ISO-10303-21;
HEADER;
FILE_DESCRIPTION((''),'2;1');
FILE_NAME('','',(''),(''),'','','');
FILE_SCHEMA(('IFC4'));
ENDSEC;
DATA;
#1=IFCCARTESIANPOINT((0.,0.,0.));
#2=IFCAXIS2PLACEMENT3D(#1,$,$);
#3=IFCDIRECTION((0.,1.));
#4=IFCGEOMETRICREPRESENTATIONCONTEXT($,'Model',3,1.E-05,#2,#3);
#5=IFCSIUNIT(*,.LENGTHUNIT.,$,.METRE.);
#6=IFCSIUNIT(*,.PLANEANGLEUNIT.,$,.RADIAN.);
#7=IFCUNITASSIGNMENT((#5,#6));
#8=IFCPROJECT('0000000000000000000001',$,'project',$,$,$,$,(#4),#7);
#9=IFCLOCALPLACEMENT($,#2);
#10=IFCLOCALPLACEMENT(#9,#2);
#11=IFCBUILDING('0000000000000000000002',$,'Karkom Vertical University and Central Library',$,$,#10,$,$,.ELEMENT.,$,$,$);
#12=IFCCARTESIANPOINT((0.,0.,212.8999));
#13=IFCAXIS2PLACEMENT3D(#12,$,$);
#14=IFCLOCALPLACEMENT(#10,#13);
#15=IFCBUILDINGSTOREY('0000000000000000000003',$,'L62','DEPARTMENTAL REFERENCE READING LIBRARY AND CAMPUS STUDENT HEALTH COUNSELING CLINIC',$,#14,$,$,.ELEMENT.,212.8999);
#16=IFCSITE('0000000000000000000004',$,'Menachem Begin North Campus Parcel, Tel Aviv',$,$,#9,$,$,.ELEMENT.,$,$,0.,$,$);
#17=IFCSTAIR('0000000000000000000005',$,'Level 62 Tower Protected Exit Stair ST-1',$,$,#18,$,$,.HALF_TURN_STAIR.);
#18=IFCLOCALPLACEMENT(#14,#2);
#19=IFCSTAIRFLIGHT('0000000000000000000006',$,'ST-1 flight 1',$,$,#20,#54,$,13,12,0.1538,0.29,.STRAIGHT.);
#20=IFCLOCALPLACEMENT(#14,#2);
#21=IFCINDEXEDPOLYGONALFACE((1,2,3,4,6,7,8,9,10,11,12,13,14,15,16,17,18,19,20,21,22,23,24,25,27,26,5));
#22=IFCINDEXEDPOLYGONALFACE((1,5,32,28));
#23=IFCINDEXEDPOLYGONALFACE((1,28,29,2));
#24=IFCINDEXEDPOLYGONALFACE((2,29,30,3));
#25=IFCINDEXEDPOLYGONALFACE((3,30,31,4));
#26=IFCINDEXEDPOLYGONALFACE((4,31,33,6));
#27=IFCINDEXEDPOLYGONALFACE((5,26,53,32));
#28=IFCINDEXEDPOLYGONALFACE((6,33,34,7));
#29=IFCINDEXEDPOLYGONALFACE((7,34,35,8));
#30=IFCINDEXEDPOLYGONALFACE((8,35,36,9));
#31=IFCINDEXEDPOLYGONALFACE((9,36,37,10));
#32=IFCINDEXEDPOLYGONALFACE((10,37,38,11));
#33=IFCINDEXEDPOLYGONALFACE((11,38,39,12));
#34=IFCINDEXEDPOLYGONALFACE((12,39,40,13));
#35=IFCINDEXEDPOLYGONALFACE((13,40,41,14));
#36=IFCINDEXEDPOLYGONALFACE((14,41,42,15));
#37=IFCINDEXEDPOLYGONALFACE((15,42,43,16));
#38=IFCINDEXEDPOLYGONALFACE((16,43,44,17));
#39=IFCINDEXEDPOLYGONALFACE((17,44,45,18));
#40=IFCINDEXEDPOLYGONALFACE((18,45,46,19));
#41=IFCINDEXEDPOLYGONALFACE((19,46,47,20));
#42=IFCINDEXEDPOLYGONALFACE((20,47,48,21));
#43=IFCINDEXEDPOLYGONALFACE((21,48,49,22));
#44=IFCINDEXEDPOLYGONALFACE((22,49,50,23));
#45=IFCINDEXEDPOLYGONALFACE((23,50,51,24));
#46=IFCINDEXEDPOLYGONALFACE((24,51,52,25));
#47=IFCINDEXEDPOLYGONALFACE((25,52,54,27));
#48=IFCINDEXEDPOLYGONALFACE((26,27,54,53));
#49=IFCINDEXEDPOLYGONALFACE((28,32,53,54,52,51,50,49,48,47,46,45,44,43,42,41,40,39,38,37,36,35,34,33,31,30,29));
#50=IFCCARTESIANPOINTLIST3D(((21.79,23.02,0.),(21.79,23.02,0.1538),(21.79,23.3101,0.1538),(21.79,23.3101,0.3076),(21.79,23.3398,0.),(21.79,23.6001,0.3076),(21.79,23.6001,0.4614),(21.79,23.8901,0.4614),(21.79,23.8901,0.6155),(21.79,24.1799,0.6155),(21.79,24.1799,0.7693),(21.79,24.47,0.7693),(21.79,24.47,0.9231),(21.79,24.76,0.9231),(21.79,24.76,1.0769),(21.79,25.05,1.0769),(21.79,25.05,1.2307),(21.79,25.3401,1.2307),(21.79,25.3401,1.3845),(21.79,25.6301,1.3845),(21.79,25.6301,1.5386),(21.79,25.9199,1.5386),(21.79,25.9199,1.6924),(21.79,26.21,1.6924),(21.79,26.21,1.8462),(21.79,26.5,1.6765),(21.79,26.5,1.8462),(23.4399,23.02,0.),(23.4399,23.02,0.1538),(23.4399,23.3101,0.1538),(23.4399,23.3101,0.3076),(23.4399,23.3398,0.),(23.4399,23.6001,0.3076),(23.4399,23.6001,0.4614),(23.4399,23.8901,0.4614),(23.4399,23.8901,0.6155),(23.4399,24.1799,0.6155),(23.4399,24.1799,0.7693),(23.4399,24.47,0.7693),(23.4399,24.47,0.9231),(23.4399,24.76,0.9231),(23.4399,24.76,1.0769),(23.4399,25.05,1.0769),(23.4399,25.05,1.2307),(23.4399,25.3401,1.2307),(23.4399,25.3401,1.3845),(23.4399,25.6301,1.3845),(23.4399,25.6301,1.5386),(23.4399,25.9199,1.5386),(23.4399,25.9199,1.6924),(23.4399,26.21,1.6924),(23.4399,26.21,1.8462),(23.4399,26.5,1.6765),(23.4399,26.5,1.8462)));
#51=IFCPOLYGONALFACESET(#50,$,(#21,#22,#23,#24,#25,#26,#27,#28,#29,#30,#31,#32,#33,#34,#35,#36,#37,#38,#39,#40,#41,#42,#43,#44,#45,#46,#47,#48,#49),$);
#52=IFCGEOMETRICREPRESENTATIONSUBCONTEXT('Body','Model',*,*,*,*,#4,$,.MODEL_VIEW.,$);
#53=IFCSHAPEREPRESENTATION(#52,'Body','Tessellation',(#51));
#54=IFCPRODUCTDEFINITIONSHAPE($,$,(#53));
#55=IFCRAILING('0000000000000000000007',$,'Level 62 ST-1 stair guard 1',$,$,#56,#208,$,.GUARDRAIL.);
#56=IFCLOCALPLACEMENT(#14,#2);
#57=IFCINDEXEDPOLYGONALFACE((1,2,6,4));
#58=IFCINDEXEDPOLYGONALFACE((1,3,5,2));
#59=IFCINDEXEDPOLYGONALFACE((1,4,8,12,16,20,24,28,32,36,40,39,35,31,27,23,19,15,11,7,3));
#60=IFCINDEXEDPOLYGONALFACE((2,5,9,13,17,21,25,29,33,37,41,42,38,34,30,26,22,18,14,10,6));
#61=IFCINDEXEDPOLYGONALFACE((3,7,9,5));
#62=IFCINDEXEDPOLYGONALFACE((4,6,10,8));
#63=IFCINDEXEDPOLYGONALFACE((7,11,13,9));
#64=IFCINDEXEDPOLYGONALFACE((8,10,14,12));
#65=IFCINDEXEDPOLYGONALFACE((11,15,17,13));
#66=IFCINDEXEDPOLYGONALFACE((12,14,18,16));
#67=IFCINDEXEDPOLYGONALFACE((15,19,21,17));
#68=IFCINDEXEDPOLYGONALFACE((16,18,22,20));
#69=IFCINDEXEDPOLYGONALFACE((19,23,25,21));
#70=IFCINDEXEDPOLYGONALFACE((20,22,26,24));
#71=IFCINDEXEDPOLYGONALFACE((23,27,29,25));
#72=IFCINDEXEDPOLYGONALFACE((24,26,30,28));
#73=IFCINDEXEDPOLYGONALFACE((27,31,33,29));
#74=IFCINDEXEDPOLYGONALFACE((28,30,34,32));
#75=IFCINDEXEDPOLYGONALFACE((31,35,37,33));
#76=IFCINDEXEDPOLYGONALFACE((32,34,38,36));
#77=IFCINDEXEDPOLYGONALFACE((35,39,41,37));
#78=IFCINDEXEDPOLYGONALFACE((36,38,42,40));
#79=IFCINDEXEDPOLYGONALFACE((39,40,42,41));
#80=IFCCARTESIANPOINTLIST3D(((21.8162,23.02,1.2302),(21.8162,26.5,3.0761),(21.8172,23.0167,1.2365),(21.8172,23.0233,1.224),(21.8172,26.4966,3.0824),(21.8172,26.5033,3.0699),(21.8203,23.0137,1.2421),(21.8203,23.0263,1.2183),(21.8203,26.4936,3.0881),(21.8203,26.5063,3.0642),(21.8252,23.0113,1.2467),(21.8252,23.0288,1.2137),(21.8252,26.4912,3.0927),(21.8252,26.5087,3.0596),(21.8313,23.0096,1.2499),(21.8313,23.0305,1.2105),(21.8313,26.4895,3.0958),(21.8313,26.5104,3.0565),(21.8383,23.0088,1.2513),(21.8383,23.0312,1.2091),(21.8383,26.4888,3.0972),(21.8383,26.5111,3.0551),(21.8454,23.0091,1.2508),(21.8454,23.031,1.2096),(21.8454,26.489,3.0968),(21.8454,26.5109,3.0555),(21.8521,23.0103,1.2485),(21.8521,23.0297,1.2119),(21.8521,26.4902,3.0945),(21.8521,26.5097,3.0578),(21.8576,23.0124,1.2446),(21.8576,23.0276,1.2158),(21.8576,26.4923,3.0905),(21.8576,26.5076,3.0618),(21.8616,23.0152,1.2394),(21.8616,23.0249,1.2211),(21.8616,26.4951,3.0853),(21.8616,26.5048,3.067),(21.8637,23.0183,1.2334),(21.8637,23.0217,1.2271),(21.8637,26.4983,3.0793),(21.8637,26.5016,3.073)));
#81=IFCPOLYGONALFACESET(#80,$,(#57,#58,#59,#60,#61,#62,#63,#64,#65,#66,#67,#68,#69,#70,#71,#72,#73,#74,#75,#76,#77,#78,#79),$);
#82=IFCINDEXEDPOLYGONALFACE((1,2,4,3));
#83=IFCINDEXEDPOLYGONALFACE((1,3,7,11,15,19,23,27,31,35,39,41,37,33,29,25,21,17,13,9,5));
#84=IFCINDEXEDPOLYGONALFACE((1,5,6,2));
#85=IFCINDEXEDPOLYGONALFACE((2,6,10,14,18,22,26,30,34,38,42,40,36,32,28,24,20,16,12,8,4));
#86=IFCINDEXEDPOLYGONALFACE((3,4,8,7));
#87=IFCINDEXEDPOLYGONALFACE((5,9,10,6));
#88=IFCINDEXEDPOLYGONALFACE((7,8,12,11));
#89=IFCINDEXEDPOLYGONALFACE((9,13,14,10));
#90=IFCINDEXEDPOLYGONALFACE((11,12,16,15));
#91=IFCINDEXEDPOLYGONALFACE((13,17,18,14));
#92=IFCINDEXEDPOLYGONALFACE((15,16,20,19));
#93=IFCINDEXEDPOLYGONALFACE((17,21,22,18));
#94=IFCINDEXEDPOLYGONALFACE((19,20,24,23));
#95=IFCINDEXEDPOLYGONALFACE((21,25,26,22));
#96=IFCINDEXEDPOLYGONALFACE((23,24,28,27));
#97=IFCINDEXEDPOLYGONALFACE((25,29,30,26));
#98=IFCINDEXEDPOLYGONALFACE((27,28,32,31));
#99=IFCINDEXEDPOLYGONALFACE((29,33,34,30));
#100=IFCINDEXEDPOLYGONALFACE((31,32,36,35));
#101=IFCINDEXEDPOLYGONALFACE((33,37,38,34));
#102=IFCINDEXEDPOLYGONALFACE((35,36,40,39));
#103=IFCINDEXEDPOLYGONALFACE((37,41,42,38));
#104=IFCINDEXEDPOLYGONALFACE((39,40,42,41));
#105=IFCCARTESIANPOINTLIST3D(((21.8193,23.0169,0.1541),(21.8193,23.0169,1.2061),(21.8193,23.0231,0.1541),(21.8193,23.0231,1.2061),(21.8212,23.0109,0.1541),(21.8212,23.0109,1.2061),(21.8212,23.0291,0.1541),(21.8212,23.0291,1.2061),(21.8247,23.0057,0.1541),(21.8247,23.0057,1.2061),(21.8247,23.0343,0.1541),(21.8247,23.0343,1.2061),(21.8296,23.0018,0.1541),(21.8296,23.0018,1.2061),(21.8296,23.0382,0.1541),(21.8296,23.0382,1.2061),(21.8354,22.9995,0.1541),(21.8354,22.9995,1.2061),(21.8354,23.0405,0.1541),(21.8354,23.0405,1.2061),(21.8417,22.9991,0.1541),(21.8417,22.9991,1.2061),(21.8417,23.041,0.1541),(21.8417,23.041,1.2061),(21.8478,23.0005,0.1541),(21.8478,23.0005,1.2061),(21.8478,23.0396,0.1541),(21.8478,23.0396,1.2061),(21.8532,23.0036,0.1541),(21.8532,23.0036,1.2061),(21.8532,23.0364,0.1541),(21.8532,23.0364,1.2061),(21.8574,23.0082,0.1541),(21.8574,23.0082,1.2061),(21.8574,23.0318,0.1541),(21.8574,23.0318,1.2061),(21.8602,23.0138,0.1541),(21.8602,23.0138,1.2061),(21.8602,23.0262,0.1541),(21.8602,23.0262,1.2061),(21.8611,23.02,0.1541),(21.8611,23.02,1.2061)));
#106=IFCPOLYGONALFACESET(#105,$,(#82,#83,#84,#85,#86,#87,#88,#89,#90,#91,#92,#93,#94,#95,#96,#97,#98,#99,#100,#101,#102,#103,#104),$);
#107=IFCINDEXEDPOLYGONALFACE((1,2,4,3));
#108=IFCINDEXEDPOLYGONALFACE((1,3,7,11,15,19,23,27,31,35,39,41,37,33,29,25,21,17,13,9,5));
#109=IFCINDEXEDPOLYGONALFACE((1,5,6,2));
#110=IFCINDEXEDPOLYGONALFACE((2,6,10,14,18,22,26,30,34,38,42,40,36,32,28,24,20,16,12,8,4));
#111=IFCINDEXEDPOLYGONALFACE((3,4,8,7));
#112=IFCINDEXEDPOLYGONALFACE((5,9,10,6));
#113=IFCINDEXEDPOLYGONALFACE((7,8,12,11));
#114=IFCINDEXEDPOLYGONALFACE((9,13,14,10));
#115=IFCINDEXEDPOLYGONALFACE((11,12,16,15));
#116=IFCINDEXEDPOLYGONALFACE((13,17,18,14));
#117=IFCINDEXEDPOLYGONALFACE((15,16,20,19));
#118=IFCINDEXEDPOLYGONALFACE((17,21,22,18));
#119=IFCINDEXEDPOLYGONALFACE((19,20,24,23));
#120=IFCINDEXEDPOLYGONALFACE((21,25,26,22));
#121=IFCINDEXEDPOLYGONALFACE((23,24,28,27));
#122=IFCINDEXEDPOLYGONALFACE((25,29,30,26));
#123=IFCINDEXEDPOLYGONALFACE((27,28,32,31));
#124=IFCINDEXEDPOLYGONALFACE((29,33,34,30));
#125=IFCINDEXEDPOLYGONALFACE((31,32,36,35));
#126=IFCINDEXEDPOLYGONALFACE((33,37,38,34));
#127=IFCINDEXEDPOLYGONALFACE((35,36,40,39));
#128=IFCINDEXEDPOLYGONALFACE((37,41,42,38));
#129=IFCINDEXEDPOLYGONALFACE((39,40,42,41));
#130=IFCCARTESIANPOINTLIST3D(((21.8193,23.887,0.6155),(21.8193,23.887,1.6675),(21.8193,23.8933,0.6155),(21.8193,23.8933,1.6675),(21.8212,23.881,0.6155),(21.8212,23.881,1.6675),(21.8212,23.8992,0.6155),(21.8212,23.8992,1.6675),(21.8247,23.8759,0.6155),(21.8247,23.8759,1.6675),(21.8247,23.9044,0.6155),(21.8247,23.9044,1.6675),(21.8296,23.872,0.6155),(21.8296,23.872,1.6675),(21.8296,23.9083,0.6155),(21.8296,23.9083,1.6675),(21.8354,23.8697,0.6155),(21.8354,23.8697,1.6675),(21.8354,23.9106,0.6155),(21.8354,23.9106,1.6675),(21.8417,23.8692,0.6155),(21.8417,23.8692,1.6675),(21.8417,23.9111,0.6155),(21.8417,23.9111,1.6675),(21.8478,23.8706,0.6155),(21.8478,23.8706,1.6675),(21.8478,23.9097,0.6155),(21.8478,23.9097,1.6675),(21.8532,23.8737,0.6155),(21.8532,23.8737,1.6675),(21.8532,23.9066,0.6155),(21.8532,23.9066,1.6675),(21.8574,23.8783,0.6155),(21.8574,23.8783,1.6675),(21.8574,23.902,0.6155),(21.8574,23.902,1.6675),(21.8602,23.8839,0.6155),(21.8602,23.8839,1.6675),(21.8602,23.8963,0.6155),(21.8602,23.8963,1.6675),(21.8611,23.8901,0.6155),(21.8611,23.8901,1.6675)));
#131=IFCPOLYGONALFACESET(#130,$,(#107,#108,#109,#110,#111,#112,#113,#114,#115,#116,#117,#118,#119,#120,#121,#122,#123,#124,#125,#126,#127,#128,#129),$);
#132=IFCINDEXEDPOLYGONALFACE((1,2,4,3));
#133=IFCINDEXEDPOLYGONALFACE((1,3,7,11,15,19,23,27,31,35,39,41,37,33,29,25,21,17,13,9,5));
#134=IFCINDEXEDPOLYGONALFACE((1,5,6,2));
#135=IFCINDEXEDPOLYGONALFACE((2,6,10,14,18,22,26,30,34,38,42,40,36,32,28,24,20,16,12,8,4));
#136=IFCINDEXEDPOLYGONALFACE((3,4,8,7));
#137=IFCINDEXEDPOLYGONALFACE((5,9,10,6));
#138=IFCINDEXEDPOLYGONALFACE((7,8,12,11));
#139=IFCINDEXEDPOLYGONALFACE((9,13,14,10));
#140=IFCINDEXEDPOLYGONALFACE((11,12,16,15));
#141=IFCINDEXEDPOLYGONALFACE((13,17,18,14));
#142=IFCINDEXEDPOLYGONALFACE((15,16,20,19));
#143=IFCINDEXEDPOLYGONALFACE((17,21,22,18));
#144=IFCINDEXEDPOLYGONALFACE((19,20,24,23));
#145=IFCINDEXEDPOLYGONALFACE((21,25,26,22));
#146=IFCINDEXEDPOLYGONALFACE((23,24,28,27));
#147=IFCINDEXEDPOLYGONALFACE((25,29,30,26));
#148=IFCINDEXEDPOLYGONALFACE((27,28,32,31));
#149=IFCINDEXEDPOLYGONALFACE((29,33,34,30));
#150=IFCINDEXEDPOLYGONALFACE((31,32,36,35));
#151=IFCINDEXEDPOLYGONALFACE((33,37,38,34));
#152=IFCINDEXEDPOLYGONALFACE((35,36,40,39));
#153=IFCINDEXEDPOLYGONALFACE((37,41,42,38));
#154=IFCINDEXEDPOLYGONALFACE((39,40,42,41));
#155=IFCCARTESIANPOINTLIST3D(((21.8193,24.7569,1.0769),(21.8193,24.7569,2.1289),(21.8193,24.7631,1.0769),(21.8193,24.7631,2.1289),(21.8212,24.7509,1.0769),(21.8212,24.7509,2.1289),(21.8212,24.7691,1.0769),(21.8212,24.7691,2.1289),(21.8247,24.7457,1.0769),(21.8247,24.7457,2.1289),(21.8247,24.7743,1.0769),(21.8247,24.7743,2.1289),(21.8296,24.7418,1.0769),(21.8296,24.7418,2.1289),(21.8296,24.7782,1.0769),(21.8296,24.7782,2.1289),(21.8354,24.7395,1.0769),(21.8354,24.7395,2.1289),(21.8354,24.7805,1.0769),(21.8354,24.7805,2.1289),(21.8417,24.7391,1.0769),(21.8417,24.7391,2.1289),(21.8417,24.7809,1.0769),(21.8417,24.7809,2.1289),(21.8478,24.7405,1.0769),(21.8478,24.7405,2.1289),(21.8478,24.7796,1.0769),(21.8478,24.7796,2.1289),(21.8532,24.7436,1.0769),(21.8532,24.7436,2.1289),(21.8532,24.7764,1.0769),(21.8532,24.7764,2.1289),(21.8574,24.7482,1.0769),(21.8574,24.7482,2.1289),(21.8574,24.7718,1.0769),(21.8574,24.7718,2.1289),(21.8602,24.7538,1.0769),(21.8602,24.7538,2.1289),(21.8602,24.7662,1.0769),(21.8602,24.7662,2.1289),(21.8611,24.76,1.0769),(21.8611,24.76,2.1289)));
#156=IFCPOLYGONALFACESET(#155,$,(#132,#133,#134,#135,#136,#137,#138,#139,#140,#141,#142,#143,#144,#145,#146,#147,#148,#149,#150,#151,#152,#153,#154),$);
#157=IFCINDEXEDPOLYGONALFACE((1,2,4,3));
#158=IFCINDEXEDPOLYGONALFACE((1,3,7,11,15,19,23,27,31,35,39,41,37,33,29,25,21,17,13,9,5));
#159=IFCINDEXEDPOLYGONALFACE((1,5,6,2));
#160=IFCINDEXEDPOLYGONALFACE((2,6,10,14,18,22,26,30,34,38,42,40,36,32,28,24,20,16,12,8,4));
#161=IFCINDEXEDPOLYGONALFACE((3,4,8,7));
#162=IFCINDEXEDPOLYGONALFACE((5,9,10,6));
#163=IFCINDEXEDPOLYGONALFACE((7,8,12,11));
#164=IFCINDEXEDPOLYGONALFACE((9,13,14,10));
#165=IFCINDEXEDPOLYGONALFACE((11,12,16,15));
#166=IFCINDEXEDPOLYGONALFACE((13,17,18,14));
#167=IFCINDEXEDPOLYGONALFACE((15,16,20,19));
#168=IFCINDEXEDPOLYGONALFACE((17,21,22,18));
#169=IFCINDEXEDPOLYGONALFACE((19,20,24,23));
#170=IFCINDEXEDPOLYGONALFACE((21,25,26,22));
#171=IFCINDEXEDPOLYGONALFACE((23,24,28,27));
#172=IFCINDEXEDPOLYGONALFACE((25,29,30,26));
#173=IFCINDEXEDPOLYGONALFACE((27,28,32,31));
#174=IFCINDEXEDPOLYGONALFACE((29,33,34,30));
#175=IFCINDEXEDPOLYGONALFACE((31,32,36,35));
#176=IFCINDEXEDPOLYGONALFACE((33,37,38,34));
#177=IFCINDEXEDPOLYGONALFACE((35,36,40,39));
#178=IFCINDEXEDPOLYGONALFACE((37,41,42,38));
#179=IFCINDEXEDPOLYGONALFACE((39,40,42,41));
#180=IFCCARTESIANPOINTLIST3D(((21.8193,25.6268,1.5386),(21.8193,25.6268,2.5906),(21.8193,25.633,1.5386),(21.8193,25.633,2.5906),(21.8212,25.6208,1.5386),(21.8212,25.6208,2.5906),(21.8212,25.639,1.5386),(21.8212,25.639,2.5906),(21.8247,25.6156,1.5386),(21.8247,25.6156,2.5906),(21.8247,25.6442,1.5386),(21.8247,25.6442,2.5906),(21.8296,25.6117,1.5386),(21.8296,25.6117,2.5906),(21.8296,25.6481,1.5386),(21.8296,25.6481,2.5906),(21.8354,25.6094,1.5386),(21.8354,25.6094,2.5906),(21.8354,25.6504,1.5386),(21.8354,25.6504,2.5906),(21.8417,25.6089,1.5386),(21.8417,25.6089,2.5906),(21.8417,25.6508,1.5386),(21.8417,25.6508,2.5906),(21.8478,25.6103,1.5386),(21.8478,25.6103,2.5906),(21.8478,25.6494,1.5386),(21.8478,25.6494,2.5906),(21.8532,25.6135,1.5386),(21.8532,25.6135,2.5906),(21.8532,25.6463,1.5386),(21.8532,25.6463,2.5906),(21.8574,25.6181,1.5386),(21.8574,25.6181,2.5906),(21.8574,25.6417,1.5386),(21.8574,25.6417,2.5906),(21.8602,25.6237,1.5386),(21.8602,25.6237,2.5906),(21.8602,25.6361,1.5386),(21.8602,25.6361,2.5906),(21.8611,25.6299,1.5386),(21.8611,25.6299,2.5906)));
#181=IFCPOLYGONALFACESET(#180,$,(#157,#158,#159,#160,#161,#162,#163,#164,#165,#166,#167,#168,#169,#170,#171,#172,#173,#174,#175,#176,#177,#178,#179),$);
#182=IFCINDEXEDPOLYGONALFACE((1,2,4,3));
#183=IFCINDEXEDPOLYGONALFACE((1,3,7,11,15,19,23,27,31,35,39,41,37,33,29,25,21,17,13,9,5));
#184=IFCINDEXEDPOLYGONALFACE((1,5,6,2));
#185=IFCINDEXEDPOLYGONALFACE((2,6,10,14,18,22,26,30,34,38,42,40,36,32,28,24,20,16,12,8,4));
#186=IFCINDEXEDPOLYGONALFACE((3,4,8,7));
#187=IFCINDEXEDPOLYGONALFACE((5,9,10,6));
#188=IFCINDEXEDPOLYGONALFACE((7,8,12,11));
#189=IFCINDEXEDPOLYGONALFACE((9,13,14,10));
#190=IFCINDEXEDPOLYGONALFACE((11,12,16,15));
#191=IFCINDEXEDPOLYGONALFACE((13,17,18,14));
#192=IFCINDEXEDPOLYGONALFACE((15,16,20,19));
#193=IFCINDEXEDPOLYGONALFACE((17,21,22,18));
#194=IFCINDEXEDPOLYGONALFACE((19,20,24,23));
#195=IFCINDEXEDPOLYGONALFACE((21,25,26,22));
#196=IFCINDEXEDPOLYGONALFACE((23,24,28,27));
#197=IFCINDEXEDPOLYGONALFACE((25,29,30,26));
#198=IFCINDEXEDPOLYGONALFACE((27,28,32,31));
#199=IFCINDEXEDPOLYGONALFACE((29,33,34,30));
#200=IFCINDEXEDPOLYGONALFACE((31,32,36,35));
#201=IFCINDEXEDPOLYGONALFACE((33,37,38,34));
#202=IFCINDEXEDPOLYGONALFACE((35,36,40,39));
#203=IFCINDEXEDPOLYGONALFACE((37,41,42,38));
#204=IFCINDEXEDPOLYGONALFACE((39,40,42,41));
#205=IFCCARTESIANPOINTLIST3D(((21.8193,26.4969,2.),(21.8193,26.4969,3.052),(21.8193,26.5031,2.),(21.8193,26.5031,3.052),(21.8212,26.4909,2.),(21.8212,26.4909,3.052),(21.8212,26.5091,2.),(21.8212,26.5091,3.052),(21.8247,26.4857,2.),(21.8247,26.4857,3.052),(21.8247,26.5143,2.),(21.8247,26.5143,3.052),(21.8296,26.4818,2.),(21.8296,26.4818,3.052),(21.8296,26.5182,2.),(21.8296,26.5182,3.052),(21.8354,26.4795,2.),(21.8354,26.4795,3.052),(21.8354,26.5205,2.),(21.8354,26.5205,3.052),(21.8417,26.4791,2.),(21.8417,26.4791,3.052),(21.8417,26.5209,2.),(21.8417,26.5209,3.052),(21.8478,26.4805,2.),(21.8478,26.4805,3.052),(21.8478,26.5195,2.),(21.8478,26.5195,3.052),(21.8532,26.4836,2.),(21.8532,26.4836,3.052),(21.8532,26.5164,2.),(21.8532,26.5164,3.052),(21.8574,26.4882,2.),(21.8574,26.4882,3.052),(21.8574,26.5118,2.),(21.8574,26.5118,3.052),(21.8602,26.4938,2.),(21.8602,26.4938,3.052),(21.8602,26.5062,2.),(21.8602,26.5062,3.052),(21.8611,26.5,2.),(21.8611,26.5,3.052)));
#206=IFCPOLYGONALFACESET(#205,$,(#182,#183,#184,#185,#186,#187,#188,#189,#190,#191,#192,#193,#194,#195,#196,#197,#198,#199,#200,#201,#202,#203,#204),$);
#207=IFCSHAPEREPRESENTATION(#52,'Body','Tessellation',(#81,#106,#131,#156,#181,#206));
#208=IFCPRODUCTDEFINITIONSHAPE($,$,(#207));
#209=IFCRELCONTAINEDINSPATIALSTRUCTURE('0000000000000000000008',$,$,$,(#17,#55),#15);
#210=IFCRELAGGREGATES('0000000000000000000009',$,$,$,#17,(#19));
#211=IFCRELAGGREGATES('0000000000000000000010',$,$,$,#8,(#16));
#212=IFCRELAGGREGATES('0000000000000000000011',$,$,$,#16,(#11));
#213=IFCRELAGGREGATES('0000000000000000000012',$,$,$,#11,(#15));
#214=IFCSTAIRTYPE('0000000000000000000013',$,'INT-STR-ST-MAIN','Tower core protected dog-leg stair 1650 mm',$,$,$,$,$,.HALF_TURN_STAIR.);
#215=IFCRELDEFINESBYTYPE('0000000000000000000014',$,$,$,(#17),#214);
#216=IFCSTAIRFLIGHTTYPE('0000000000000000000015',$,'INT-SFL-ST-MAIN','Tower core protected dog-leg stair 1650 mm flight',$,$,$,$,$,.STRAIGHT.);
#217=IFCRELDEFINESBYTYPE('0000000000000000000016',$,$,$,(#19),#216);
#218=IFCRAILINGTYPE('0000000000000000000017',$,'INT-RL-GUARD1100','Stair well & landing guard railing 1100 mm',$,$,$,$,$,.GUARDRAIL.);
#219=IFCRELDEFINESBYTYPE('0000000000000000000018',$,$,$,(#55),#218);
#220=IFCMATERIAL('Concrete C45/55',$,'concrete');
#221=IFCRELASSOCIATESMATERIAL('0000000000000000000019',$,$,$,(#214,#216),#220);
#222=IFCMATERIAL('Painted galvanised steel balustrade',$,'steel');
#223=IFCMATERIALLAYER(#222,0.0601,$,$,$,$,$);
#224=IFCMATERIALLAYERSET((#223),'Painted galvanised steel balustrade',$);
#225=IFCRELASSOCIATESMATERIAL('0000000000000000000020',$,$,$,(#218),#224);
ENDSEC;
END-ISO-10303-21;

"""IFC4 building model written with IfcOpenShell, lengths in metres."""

from ifc_helpers import new_model, si_unit, direction, frame, origin, origin_2d, place, context, subcontext, project, spatial, polyline, circle, outline, extrude, material, layer, layer_set, type_object, element, aggregate, save


model = new_model("IFC4")

# Units and contexts
model_context = context("Model", 3, precision=1e-05, world=origin(), true_north=direction((0.0, 1.0)))
body_context = subcontext(model_context, "Body", "Model", "MODEL_VIEW")
ifc_project = project(units=[si_unit("LENGTHUNIT", "METRE"), si_unit("PLANEANGLEUNIT", "RADIAN")], contexts=[model_context])

# Site, building, storey
site_placement = place(None, origin())
site = spatial("IfcSite", under=ifc_project, at=site_placement, Name="Menachem Begin North Campus Parcel, Tel Aviv", CompositionType="ELEMENT", RefElevation=0.0)
building_placement = place(site_placement, origin())
building = spatial("IfcBuilding", under=site, at=building_placement, Name="Karkom Vertical University and Central Library", CompositionType="ELEMENT")
storey_placement = place(building_placement, frame((0.0, 0.0, 212.8999)))
storey = spatial("IfcBuildingStorey", under=building, at=storey_placement, Name="L62", Description="DEPARTMENTAL REFERENCE READING LIBRARY AND CAMPUS STUDENT HEALTH COUNSELING CLINIC", CompositionType="ELEMENT", Elevation=212.8999)

# Shared definitions
ifc_material_1 = material(Name="Concrete C45/55", Category="concrete")

# Stair, stair flight
stair_type = type_object("IfcStairType", Name="INT-STR-ST-MAIN", Description="Tower core protected dog-leg stair 1650 mm", PredefinedType="HALF_TURN_STAIR", material=ifc_material_1)
stair_placement = place(storey_placement, origin())
stair = element("IfcStair", 1, at=stair_placement, inside=storey, type_object=stair_type, Name="Level 62 Tower Protected Exit Stair ST-1", PredefinedType="HALF_TURN_STAIR")
stair_flight_type = type_object("IfcStairFlightType", Name="INT-SFL-ST-MAIN", Description="Tower core protected dog-leg stair 1650 mm flight", PredefinedType="STRAIGHT", material=ifc_material_1)
stair_flight_placement = place(storey_placement, frame((22.615, 23.02, 0.0), z_axis=(0.0, 0.0, 1.0), x_axis=(0.0, 1.0, 0.0)))
stair_flight = element("IfcStairFlight", 2, at=stair_flight_placement, type_object=stair_flight_type, Name="ST-1 flight 1", NumberOfRisers=13, NumberOfTreads=12, PredefinedType="STRAIGHT", RiserHeight=0.1538, TreadLength=0.29, context=body_context, shape_type="SweptSolid", body=[
    extrude(outline(polyline([(0.0, 0.0), (0.0, 0.1538), (0.29, 0.1538), (0.29, 0.3076), (0.5801, 0.3076), (0.5801, 0.4614), (0.8701, 0.4614), (0.8701, 0.6155), (1.1599, 0.6155), (1.1599, 0.7693), (1.45, 0.7693), (1.45, 0.9231), (1.74, 0.9231), (1.74, 1.0769), (2.03, 1.0769), (2.03, 1.2307), (2.3201, 1.2307), (2.3201, 1.3845), (2.6101, 1.3845), (2.6101, 1.5386), (2.8999, 1.5386), (2.8999, 1.6924), (3.1899, 1.6924), (3.1899, 1.8462), (3.48, 1.8462), (3.48, 2.0), (3.48, 1.6765), (0.3198, 0.0), (0.0, 0.0)])), frame((0.0, 0.825, 0.0), z_axis=(0.0, -1.0, 0.0), x_axis=(1.0, 0.0, 0.0)), (0.0, 0.0, 1.0), 1.6499),
])
aggregate(stair, [stair_flight])

# Railing
ifc_material_2 = material(Name="Painted galvanised steel balustrade", Category="steel")
ifc_layer_1 = layer(ifc_material_2, 0.0601)
ifc_layer_set_1 = layer_set([ifc_layer_1], Name="Painted galvanised steel balustrade")
railing_type = type_object("IfcRailingType", Name="INT-RL-GUARD1100", Description="Stair well & landing guard railing 1100 mm", PredefinedType="GUARDRAIL", material=ifc_layer_set_1)
railing_1_placement = place(storey_placement, frame((21.8401, 23.02, 0.1541)))
element("IfcRailing", 3, at=railing_1_placement, inside=storey, type_object=railing_type, Name="Level 62 ST-1 stair guard 1", PredefinedType="GUARDRAIL", context=body_context, shape_type="SweptSolid", body=[
    extrude(circle(Radius=0.0239, at=origin_2d()), frame((0.0, 0.0, 1.0762), z_axis=(0.0, 0.883409, 0.468602), x_axis=(-1.0, 0.0, 0.0)), (0.0, 0.0, 1.0), 3.9392),
    extrude(circle(Radius=0.021, at=origin_2d()), origin(), (0.0, 0.0, 1.0), 1.052),
    extrude(circle(Radius=0.021, at=origin_2d()), frame((0.0, 0.8701, 0.4614)), (0.0, 0.0, 1.0), 1.052),
    extrude(circle(Radius=0.021, at=origin_2d()), frame((0.0, 1.74, 0.9229)), (0.0, 0.0, 1.0), 1.052),
    extrude(circle(Radius=0.021, at=origin_2d()), frame((0.0, 2.6099, 1.3845)), (0.0, 0.0, 1.0), 1.052),
    extrude(circle(Radius=0.021, at=origin_2d()), frame((0.0, 3.48, 1.8459)), (0.0, 0.0, 1.0), 1.052),
])

save(model, "model.ifc")
